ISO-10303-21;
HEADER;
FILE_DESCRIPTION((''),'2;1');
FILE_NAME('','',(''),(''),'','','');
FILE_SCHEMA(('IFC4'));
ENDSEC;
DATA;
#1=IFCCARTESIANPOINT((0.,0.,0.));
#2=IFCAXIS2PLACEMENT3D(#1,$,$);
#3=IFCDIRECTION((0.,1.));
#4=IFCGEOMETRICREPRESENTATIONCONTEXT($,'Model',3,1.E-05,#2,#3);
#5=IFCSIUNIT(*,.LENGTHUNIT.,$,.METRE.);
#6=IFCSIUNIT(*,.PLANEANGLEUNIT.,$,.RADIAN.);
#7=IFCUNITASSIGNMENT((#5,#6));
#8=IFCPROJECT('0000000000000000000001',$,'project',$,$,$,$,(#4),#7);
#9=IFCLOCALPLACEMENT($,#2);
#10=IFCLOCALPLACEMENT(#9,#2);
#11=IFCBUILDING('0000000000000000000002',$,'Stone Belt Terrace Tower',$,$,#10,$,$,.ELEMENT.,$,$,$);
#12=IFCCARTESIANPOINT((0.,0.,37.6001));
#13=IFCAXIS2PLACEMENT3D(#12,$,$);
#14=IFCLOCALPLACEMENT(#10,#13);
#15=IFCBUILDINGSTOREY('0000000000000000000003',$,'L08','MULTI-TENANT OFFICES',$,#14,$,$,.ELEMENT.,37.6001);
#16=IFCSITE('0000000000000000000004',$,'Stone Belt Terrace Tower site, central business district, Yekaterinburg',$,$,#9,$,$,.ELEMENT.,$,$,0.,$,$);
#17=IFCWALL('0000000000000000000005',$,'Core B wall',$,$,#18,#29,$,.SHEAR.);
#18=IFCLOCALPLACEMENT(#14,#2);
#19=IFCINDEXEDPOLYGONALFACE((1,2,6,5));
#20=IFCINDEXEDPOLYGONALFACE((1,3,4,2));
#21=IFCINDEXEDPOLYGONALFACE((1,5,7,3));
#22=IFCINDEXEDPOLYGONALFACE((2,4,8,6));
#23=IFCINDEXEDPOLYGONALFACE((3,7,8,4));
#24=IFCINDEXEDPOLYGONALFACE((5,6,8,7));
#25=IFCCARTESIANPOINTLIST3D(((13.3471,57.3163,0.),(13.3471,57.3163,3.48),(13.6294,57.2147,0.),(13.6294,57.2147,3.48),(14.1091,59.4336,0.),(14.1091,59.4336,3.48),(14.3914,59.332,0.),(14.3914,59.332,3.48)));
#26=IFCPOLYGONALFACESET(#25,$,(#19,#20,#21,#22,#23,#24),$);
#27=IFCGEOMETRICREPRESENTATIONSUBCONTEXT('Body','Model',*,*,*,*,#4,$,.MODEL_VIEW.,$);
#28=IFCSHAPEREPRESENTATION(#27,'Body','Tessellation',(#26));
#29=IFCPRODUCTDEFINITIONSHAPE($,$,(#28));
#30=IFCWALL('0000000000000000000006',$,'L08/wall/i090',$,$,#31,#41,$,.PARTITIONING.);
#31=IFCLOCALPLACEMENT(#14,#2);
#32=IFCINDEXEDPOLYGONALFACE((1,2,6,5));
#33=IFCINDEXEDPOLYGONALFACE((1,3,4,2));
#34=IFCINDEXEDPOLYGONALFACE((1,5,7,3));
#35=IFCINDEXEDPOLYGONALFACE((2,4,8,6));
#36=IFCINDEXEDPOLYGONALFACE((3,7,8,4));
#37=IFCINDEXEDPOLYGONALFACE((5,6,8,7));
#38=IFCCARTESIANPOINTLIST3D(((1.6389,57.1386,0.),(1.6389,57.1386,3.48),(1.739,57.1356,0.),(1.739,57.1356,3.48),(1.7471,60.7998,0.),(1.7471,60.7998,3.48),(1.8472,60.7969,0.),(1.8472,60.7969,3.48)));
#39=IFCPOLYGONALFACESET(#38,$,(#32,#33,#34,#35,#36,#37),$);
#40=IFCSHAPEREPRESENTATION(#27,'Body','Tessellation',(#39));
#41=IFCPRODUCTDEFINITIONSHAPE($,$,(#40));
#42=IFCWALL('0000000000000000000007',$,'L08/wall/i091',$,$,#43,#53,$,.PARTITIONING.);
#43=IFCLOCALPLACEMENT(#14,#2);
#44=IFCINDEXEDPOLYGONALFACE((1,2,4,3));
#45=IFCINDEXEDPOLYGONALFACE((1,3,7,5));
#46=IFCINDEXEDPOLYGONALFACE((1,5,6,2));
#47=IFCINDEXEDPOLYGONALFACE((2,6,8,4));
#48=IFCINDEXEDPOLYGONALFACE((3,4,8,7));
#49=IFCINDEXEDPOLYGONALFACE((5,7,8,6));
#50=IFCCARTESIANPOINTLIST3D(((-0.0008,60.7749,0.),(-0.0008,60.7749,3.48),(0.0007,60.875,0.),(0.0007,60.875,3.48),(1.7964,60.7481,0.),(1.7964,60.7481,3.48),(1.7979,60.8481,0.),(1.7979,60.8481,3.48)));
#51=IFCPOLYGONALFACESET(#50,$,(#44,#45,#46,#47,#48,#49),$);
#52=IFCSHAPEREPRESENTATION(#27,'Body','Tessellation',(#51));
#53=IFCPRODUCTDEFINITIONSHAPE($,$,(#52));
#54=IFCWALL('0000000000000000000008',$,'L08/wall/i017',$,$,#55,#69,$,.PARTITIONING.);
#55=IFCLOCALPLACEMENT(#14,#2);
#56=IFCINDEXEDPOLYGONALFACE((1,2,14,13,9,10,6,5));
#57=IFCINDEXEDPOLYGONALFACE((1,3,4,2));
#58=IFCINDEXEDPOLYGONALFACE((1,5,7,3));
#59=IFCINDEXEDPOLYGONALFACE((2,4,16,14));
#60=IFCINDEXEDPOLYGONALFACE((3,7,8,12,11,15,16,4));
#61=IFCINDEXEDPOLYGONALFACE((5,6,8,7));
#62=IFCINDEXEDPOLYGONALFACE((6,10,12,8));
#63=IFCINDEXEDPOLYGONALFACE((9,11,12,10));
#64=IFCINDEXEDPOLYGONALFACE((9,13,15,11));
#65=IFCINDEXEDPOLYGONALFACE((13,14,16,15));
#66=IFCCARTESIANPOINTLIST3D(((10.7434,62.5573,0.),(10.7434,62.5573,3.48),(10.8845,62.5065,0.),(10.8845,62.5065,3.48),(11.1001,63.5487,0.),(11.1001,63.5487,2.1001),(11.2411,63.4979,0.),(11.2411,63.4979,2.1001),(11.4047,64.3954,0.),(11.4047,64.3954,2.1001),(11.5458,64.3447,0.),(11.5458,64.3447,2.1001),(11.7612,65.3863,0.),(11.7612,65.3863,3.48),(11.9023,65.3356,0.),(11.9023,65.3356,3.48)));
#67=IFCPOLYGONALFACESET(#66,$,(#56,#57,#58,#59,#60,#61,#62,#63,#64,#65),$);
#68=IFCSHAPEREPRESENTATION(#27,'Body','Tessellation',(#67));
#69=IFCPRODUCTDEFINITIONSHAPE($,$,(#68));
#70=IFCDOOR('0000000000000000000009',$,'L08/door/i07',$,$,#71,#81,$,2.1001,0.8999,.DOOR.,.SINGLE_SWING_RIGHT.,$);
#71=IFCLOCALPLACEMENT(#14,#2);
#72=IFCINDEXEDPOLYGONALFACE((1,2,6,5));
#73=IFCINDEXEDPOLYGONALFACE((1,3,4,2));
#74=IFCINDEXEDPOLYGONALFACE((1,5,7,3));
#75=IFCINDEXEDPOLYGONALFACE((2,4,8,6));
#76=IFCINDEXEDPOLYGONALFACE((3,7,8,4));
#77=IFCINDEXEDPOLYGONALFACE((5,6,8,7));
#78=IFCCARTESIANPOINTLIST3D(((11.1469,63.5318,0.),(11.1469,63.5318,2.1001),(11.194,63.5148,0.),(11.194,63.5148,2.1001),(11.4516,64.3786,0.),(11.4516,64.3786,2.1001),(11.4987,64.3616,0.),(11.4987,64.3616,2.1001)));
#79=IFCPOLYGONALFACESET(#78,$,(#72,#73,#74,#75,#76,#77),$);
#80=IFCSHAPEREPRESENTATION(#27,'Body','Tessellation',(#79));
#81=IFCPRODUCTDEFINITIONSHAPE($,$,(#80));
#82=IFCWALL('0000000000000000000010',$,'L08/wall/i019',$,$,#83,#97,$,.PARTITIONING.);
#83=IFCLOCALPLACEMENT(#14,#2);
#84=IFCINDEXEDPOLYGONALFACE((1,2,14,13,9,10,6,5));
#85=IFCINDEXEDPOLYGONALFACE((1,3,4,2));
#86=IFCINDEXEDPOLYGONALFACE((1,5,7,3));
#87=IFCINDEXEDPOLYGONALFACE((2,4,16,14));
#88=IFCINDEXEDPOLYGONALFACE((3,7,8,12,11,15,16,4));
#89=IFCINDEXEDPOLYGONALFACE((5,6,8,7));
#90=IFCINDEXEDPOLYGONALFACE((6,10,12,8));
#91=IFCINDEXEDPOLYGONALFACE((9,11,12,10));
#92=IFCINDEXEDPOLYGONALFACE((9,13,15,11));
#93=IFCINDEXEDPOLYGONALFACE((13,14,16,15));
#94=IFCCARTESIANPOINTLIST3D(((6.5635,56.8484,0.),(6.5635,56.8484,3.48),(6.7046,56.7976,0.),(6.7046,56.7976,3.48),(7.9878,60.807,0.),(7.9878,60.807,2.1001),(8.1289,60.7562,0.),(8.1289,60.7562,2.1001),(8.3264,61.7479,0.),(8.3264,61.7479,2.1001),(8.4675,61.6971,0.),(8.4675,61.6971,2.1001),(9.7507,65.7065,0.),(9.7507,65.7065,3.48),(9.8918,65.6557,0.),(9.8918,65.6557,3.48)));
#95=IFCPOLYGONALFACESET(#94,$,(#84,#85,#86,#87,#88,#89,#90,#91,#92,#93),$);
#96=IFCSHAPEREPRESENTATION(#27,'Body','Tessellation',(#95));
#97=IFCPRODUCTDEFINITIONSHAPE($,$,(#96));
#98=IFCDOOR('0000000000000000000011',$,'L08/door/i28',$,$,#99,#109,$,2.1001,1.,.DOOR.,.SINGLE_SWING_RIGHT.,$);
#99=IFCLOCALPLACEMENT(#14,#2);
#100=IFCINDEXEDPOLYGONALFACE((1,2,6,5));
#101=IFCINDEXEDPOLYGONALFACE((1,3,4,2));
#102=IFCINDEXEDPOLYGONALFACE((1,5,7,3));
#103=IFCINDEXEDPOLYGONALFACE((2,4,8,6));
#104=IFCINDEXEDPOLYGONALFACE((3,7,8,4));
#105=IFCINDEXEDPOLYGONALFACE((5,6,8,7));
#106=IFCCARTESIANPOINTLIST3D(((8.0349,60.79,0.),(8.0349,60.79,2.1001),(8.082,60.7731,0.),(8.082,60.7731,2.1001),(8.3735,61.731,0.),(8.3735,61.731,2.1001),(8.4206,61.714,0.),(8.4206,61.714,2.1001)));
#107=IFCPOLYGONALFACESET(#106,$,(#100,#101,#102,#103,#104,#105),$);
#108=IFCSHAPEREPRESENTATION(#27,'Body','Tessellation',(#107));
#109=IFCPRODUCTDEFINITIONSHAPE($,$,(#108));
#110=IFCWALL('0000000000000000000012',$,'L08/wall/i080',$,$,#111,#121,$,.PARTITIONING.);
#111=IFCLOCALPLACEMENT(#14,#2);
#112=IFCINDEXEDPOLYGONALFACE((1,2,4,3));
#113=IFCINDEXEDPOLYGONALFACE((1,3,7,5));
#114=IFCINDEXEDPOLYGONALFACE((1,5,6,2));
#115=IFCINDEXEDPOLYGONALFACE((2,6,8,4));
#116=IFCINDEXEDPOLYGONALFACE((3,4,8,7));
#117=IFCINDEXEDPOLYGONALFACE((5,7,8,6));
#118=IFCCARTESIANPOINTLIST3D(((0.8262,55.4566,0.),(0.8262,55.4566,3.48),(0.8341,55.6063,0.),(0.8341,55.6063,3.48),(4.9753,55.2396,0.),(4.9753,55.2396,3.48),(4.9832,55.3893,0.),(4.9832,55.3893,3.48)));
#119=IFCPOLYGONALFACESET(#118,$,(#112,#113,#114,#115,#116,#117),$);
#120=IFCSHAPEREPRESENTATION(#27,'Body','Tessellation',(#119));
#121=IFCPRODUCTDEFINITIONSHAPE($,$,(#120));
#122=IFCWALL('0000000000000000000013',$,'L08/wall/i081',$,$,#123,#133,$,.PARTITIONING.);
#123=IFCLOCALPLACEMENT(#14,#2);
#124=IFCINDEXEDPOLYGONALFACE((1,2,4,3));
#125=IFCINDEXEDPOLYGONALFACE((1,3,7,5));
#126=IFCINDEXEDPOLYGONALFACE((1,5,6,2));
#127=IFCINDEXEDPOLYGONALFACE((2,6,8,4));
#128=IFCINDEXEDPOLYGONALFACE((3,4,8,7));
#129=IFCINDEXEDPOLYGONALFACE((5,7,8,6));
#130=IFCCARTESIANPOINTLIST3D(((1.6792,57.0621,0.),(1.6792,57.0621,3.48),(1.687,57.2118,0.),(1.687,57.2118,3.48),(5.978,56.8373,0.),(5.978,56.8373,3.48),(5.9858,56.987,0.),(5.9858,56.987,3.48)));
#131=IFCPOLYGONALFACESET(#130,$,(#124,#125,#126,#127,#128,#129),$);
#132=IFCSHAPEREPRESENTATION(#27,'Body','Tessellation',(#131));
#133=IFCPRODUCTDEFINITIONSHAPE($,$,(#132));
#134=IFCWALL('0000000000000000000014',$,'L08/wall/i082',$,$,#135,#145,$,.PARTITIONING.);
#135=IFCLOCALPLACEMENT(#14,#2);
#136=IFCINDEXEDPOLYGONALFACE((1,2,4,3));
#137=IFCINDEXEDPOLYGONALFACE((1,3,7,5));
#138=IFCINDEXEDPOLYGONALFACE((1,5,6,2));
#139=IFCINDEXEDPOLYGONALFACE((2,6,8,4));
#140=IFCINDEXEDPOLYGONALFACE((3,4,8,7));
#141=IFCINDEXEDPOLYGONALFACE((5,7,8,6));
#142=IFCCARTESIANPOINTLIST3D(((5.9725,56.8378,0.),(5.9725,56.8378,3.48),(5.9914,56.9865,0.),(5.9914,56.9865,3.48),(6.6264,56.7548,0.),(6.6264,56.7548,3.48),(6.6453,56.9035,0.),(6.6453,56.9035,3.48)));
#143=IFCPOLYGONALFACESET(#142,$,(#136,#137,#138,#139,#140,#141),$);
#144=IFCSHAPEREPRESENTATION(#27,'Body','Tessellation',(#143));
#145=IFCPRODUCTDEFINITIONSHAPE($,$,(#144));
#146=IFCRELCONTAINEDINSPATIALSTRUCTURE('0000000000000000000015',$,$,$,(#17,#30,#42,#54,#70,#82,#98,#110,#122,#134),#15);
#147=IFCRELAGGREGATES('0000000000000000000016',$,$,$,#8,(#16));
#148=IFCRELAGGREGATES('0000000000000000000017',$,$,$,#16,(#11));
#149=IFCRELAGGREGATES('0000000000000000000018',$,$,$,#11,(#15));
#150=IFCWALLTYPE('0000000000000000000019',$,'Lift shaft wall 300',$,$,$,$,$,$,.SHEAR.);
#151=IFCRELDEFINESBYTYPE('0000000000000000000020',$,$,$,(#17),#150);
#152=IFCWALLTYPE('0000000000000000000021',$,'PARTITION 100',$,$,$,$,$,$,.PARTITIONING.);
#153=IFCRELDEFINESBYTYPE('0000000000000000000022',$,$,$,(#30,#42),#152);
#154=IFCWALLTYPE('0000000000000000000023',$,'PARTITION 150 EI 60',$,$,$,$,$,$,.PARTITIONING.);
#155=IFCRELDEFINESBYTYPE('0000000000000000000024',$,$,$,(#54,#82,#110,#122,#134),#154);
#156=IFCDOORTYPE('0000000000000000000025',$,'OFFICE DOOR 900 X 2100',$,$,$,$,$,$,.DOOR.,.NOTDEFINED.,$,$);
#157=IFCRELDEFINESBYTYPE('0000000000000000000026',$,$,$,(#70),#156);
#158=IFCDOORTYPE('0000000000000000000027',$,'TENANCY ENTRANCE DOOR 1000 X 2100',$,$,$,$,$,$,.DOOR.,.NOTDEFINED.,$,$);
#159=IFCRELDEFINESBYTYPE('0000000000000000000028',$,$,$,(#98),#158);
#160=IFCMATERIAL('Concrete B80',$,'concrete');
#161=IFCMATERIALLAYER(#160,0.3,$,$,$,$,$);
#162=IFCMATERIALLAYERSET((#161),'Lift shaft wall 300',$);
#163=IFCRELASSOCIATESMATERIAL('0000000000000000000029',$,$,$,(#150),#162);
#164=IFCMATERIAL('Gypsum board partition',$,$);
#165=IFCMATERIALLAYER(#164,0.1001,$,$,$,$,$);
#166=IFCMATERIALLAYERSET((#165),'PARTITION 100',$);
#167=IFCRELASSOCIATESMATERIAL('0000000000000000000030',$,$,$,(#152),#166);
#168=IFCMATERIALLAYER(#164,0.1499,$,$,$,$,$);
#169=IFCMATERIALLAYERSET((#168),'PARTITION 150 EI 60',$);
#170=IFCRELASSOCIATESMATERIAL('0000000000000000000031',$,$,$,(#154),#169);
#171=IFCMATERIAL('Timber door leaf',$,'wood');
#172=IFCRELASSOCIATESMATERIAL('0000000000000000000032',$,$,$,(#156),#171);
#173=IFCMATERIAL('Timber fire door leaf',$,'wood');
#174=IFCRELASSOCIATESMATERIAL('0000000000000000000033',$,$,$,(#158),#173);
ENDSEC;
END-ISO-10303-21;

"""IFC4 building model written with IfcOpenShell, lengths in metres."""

from ifc_helpers import new_model, si_unit, direction, frame, frame_2d, origin, place, context, subcontext, project, spatial, rectangle, extrude, material, layer, layer_set, type_object, element, fill, save


model = new_model("IFC4")

# Units and contexts
model_context = context("Model", 3, precision=1e-05, world=origin(), true_north=direction((0.0, 1.0)))
body_context = subcontext(model_context, "Body", "Model", "MODEL_VIEW")
ifc_project = project(units=[si_unit("LENGTHUNIT", "METRE"), si_unit("PLANEANGLEUNIT", "RADIAN")], contexts=[model_context])

# Site, building, storey
site_placement = place(None, origin())
site = spatial("IfcSite", under=ifc_project, at=site_placement, Name="Stone Belt Terrace Tower site, central business district, Yekaterinburg", CompositionType="ELEMENT", RefElevation=0.0)
building_placement = place(site_placement, origin())
building = spatial("IfcBuilding", under=site, at=building_placement, Name="Stone Belt Terrace Tower", CompositionType="ELEMENT")
storey_placement = place(building_placement, frame((0.0, 0.0, 37.6001)))
storey = spatial("IfcBuildingStorey", under=building, at=storey_placement, Name="L08", Description="MULTI-TENANT OFFICES", CompositionType="ELEMENT", Elevation=37.6001)

# Shared definitions
ifc_material_1 = material(Name="Concrete B80", Category="concrete")

# Walls
ifc_layer_1 = layer(ifc_material_1, 0.3)
ifc_layer_set_1 = layer_set([ifc_layer_1], Name="Lift shaft wall 300")
wall_type_1 = type_object("IfcWallType", Name="Lift shaft wall 300", PredefinedType="SHEAR", material=ifc_layer_set_1)
wall_1_placement = place(storey_placement, frame((13.4883, 57.2656, 0.0), z_axis=(0.0, 0.0, 1.0), x_axis=(0.338631, 0.940919, 0.0)))
element("IfcWall", 1, at=wall_1_placement, inside=storey, type_object=wall_type_1, Name="Core B wall", PredefinedType="SHEAR", context=body_context, shape_type="SweptSolid", body=[
    extrude(rectangle(XDim=2.2502, YDim=0.3, at=frame_2d((1.125, 0.0))), origin(), (0.0, 0.0, 1.0), 3.48),
])
ifc_material_2 = material(Name="Gypsum board partition")
ifc_layer_2 = layer(ifc_material_2, 0.1001)
ifc_layer_set_2 = layer_set([ifc_layer_2], Name="PARTITION 100")
wall_type_2 = type_object("IfcWallType", Name="PARTITION 100", PredefinedType="PARTITIONING", material=ifc_layer_set_2)
wall_2_placement = place(storey_placement, frame((1.689, 57.137, 0.0), z_axis=(0.0, 0.0, 1.0), x_axis=(0.029528, 0.999564, 0.0)))
element("IfcWall", 2, at=wall_2_placement, inside=storey, type_object=wall_type_2, Name="L08/wall/i090", PredefinedType="PARTITIONING", context=body_context, shape_type="SweptSolid", body=[
    extrude(rectangle(XDim=3.6628, YDim=0.1001, at=frame_2d((1.8315, 0.0))), origin(), (0.0, 0.0, 1.0), 3.48),
])
wall_3_placement = place(storey_placement, frame((1.7971, 60.7981, 0.0), z_axis=(0.0, 0.0, 1.0), x_axis=(-0.999888, 0.014942, 0.0)))
element("IfcWall", 3, at=wall_3_placement, inside=storey, type_object=wall_type_2, Name="L08/wall/i091", PredefinedType="PARTITIONING", context=body_context, shape_type="SweptSolid", body=[
    extrude(rectangle(XDim=1.7974, YDim=0.1001, at=frame_2d((0.8987, 0.0))), origin(), (0.0, 0.0, 1.0), 3.48),
])

# Walls, openings, doors
ifc_layer_3 = layer(ifc_material_2, 0.1499)
ifc_layer_set_3 = layer_set([ifc_layer_3], Name="PARTITION 150 EI 60")
wall_type_3 = type_object("IfcWallType", Name="PARTITION 150 EI 60", PredefinedType="PARTITIONING", material=ifc_layer_set_3)
wall_4_placement = place(storey_placement, frame((11.8318, 65.3611, 0.0), z_axis=(0.0, 0.0, 1.0), x_axis=(-0.338527, -0.940957, 0.0)))
wall_4 = element("IfcWall", 4, at=wall_4_placement, inside=storey, type_object=wall_type_3, Name="L08/wall/i017", PredefinedType="PARTITIONING", context=body_context, shape_type="SweptSolid", body=[
    extrude(rectangle(XDim=3.0066, YDim=0.1499, at=frame_2d((1.5034, 0.0))), origin(), (0.0, 0.0, 1.0), 3.48),
])
opening_1_placement = place(wall_4_placement, frame((1.0532, 0.0, 0.0)))
opening_1 = element("IfcOpeningElement", 5, at=opening_1_placement, cuts=wall_4, PredefinedType="OPENING", context=body_context, shape_type="SweptSolid", body=[
    extrude(rectangle(XDim=0.8999, YDim=2.1001, at=frame_2d((0.45, 1.05))), frame((0.0, 0.085, 0.0), z_axis=(0.0, -1.0, 0.0), x_axis=(1.0, 0.0, 0.0)), (0.0, 0.0, 1.0), 0.1699),
])
ifc_material_3 = material(Name="Timber door leaf", Category="wood")
door_type_1 = type_object("IfcDoorType", Name="OFFICE DOOR 900 X 2100", OperationType="NOTDEFINED", PredefinedType="DOOR", material=ifc_material_3)
door_1_placement = place(opening_1_placement, origin())
door_1 = element("IfcDoor", 6, at=door_1_placement, inside=storey, type_object=door_type_1, Name="L08/door/i07", OperationType="SINGLE_SWING_RIGHT", OverallHeight=2.1001, OverallWidth=0.8999, PredefinedType="DOOR", context=body_context, shape_type="SweptSolid", body=[
    extrude(rectangle(XDim=0.8999, YDim=2.1001, at=frame_2d((0.45, 1.05))), frame((0.0, 0.0249, 0.0), z_axis=(0.0, -1.0, 0.0), x_axis=(1.0, 0.0, 0.0)), (0.0, 0.0, 1.0), 0.05),
])
fill(opening_1, door_1)
wall_5_placement = place(storey_placement, frame((6.634, 56.823, 0.0), z_axis=(0.0, 0.0, 1.0), x_axis=(0.338562, 0.940944, 0.0)))
wall_5 = element("IfcWall", 7, at=wall_5_placement, inside=storey, type_object=wall_type_3, Name="L08/wall/i019", PredefinedType="PARTITIONING", context=body_context, shape_type="SweptSolid", body=[
    extrude(rectangle(XDim=9.4141, YDim=0.1499, at=frame_2d((4.707, 0.0))), origin(), (0.0, 0.0, 1.0), 3.48),
])
opening_2_placement = place(wall_5_placement, frame((4.207, 0.0, 0.0)))
opening_2 = element("IfcOpeningElement", 8, at=opening_2_placement, cuts=wall_5, PredefinedType="OPENING", context=body_context, shape_type="SweptSolid", body=[
    extrude(rectangle(XDim=1.0, YDim=2.1001, at=frame_2d((0.5, 1.05))), frame((0.0, 0.085, 0.0), z_axis=(0.0, -1.0, 0.0), x_axis=(1.0, 0.0, 0.0)), (0.0, 0.0, 1.0), 0.1699),
])
ifc_material_4 = material(Name="Timber fire door leaf", Category="wood")
door_type_2 = type_object("IfcDoorType", Name="TENANCY ENTRANCE DOOR 1000 X 2100", OperationType="NOTDEFINED", PredefinedType="DOOR", material=ifc_material_4)
door_2_placement = place(opening_2_placement, origin())
door_2 = element("IfcDoor", 9, at=door_2_placement, inside=storey, type_object=door_type_2, Name="L08/door/i28", OperationType="SINGLE_SWING_RIGHT", OverallHeight=2.1001, OverallWidth=1.0, PredefinedType="DOOR", context=body_context, shape_type="SweptSolid", body=[
    extrude(rectangle(XDim=1.0, YDim=2.1001, at=frame_2d((0.5, 1.05))), frame((0.0, 0.0249, 0.0), z_axis=(0.0, -1.0, 0.0), x_axis=(1.0, 0.0, 0.0)), (0.0, 0.0, 1.0), 0.05),
])
fill(opening_2, door_2)

# Walls
wall_6_placement = place(storey_placement, frame((4.9792, 55.3145, 0.0), z_axis=(0.0, 0.0, 1.0), x_axis=(-0.998635, 0.052238, 0.0)))
element("IfcWall", 10, at=wall_6_placement, inside=storey, type_object=wall_type_3, Name="L08/wall/i080", PredefinedType="PARTITIONING", context=body_context, shape_type="SweptSolid", body=[
    extrude(rectangle(XDim=4.1548, YDim=0.1499, at=frame_2d((2.0774, 0.0))), origin(), (0.0, 0.0, 1.0), 3.48),
])
wall_7_placement = place(storey_placement, frame((1.6831, 57.137, 0.0), z_axis=(0.0, 0.0, 1.0), x_axis=(0.998635, -0.052234, 0.0)))
element("IfcWall", 11, at=wall_7_placement, inside=storey, type_object=wall_type_3, Name="L08/wall/i081", PredefinedType="PARTITIONING", context=body_context, shape_type="SweptSolid", body=[
    extrude(rectangle(XDim=4.3047, YDim=0.1499, at=frame_2d((2.1523, 0.0))), origin(), (0.0, 0.0, 1.0), 3.48),
])
wall_8_placement = place(storey_placement, frame((5.9819, 56.9121, 0.0), z_axis=(0.0, 0.0, 1.0), x_axis=(0.992043, -0.125903, 0.0)))
element("IfcWall", 12, at=wall_8_placement, inside=storey, type_object=wall_type_3, Name="L08/wall/i082", PredefinedType="PARTITIONING", context=body_context, shape_type="SweptSolid", body=[
    extrude(rectangle(XDim=0.6592, YDim=0.1499, at=frame_2d((0.3296, 0.0))), origin(), (0.0, 0.0, 1.0), 3.48),
])

save(model, "model.ifc")
